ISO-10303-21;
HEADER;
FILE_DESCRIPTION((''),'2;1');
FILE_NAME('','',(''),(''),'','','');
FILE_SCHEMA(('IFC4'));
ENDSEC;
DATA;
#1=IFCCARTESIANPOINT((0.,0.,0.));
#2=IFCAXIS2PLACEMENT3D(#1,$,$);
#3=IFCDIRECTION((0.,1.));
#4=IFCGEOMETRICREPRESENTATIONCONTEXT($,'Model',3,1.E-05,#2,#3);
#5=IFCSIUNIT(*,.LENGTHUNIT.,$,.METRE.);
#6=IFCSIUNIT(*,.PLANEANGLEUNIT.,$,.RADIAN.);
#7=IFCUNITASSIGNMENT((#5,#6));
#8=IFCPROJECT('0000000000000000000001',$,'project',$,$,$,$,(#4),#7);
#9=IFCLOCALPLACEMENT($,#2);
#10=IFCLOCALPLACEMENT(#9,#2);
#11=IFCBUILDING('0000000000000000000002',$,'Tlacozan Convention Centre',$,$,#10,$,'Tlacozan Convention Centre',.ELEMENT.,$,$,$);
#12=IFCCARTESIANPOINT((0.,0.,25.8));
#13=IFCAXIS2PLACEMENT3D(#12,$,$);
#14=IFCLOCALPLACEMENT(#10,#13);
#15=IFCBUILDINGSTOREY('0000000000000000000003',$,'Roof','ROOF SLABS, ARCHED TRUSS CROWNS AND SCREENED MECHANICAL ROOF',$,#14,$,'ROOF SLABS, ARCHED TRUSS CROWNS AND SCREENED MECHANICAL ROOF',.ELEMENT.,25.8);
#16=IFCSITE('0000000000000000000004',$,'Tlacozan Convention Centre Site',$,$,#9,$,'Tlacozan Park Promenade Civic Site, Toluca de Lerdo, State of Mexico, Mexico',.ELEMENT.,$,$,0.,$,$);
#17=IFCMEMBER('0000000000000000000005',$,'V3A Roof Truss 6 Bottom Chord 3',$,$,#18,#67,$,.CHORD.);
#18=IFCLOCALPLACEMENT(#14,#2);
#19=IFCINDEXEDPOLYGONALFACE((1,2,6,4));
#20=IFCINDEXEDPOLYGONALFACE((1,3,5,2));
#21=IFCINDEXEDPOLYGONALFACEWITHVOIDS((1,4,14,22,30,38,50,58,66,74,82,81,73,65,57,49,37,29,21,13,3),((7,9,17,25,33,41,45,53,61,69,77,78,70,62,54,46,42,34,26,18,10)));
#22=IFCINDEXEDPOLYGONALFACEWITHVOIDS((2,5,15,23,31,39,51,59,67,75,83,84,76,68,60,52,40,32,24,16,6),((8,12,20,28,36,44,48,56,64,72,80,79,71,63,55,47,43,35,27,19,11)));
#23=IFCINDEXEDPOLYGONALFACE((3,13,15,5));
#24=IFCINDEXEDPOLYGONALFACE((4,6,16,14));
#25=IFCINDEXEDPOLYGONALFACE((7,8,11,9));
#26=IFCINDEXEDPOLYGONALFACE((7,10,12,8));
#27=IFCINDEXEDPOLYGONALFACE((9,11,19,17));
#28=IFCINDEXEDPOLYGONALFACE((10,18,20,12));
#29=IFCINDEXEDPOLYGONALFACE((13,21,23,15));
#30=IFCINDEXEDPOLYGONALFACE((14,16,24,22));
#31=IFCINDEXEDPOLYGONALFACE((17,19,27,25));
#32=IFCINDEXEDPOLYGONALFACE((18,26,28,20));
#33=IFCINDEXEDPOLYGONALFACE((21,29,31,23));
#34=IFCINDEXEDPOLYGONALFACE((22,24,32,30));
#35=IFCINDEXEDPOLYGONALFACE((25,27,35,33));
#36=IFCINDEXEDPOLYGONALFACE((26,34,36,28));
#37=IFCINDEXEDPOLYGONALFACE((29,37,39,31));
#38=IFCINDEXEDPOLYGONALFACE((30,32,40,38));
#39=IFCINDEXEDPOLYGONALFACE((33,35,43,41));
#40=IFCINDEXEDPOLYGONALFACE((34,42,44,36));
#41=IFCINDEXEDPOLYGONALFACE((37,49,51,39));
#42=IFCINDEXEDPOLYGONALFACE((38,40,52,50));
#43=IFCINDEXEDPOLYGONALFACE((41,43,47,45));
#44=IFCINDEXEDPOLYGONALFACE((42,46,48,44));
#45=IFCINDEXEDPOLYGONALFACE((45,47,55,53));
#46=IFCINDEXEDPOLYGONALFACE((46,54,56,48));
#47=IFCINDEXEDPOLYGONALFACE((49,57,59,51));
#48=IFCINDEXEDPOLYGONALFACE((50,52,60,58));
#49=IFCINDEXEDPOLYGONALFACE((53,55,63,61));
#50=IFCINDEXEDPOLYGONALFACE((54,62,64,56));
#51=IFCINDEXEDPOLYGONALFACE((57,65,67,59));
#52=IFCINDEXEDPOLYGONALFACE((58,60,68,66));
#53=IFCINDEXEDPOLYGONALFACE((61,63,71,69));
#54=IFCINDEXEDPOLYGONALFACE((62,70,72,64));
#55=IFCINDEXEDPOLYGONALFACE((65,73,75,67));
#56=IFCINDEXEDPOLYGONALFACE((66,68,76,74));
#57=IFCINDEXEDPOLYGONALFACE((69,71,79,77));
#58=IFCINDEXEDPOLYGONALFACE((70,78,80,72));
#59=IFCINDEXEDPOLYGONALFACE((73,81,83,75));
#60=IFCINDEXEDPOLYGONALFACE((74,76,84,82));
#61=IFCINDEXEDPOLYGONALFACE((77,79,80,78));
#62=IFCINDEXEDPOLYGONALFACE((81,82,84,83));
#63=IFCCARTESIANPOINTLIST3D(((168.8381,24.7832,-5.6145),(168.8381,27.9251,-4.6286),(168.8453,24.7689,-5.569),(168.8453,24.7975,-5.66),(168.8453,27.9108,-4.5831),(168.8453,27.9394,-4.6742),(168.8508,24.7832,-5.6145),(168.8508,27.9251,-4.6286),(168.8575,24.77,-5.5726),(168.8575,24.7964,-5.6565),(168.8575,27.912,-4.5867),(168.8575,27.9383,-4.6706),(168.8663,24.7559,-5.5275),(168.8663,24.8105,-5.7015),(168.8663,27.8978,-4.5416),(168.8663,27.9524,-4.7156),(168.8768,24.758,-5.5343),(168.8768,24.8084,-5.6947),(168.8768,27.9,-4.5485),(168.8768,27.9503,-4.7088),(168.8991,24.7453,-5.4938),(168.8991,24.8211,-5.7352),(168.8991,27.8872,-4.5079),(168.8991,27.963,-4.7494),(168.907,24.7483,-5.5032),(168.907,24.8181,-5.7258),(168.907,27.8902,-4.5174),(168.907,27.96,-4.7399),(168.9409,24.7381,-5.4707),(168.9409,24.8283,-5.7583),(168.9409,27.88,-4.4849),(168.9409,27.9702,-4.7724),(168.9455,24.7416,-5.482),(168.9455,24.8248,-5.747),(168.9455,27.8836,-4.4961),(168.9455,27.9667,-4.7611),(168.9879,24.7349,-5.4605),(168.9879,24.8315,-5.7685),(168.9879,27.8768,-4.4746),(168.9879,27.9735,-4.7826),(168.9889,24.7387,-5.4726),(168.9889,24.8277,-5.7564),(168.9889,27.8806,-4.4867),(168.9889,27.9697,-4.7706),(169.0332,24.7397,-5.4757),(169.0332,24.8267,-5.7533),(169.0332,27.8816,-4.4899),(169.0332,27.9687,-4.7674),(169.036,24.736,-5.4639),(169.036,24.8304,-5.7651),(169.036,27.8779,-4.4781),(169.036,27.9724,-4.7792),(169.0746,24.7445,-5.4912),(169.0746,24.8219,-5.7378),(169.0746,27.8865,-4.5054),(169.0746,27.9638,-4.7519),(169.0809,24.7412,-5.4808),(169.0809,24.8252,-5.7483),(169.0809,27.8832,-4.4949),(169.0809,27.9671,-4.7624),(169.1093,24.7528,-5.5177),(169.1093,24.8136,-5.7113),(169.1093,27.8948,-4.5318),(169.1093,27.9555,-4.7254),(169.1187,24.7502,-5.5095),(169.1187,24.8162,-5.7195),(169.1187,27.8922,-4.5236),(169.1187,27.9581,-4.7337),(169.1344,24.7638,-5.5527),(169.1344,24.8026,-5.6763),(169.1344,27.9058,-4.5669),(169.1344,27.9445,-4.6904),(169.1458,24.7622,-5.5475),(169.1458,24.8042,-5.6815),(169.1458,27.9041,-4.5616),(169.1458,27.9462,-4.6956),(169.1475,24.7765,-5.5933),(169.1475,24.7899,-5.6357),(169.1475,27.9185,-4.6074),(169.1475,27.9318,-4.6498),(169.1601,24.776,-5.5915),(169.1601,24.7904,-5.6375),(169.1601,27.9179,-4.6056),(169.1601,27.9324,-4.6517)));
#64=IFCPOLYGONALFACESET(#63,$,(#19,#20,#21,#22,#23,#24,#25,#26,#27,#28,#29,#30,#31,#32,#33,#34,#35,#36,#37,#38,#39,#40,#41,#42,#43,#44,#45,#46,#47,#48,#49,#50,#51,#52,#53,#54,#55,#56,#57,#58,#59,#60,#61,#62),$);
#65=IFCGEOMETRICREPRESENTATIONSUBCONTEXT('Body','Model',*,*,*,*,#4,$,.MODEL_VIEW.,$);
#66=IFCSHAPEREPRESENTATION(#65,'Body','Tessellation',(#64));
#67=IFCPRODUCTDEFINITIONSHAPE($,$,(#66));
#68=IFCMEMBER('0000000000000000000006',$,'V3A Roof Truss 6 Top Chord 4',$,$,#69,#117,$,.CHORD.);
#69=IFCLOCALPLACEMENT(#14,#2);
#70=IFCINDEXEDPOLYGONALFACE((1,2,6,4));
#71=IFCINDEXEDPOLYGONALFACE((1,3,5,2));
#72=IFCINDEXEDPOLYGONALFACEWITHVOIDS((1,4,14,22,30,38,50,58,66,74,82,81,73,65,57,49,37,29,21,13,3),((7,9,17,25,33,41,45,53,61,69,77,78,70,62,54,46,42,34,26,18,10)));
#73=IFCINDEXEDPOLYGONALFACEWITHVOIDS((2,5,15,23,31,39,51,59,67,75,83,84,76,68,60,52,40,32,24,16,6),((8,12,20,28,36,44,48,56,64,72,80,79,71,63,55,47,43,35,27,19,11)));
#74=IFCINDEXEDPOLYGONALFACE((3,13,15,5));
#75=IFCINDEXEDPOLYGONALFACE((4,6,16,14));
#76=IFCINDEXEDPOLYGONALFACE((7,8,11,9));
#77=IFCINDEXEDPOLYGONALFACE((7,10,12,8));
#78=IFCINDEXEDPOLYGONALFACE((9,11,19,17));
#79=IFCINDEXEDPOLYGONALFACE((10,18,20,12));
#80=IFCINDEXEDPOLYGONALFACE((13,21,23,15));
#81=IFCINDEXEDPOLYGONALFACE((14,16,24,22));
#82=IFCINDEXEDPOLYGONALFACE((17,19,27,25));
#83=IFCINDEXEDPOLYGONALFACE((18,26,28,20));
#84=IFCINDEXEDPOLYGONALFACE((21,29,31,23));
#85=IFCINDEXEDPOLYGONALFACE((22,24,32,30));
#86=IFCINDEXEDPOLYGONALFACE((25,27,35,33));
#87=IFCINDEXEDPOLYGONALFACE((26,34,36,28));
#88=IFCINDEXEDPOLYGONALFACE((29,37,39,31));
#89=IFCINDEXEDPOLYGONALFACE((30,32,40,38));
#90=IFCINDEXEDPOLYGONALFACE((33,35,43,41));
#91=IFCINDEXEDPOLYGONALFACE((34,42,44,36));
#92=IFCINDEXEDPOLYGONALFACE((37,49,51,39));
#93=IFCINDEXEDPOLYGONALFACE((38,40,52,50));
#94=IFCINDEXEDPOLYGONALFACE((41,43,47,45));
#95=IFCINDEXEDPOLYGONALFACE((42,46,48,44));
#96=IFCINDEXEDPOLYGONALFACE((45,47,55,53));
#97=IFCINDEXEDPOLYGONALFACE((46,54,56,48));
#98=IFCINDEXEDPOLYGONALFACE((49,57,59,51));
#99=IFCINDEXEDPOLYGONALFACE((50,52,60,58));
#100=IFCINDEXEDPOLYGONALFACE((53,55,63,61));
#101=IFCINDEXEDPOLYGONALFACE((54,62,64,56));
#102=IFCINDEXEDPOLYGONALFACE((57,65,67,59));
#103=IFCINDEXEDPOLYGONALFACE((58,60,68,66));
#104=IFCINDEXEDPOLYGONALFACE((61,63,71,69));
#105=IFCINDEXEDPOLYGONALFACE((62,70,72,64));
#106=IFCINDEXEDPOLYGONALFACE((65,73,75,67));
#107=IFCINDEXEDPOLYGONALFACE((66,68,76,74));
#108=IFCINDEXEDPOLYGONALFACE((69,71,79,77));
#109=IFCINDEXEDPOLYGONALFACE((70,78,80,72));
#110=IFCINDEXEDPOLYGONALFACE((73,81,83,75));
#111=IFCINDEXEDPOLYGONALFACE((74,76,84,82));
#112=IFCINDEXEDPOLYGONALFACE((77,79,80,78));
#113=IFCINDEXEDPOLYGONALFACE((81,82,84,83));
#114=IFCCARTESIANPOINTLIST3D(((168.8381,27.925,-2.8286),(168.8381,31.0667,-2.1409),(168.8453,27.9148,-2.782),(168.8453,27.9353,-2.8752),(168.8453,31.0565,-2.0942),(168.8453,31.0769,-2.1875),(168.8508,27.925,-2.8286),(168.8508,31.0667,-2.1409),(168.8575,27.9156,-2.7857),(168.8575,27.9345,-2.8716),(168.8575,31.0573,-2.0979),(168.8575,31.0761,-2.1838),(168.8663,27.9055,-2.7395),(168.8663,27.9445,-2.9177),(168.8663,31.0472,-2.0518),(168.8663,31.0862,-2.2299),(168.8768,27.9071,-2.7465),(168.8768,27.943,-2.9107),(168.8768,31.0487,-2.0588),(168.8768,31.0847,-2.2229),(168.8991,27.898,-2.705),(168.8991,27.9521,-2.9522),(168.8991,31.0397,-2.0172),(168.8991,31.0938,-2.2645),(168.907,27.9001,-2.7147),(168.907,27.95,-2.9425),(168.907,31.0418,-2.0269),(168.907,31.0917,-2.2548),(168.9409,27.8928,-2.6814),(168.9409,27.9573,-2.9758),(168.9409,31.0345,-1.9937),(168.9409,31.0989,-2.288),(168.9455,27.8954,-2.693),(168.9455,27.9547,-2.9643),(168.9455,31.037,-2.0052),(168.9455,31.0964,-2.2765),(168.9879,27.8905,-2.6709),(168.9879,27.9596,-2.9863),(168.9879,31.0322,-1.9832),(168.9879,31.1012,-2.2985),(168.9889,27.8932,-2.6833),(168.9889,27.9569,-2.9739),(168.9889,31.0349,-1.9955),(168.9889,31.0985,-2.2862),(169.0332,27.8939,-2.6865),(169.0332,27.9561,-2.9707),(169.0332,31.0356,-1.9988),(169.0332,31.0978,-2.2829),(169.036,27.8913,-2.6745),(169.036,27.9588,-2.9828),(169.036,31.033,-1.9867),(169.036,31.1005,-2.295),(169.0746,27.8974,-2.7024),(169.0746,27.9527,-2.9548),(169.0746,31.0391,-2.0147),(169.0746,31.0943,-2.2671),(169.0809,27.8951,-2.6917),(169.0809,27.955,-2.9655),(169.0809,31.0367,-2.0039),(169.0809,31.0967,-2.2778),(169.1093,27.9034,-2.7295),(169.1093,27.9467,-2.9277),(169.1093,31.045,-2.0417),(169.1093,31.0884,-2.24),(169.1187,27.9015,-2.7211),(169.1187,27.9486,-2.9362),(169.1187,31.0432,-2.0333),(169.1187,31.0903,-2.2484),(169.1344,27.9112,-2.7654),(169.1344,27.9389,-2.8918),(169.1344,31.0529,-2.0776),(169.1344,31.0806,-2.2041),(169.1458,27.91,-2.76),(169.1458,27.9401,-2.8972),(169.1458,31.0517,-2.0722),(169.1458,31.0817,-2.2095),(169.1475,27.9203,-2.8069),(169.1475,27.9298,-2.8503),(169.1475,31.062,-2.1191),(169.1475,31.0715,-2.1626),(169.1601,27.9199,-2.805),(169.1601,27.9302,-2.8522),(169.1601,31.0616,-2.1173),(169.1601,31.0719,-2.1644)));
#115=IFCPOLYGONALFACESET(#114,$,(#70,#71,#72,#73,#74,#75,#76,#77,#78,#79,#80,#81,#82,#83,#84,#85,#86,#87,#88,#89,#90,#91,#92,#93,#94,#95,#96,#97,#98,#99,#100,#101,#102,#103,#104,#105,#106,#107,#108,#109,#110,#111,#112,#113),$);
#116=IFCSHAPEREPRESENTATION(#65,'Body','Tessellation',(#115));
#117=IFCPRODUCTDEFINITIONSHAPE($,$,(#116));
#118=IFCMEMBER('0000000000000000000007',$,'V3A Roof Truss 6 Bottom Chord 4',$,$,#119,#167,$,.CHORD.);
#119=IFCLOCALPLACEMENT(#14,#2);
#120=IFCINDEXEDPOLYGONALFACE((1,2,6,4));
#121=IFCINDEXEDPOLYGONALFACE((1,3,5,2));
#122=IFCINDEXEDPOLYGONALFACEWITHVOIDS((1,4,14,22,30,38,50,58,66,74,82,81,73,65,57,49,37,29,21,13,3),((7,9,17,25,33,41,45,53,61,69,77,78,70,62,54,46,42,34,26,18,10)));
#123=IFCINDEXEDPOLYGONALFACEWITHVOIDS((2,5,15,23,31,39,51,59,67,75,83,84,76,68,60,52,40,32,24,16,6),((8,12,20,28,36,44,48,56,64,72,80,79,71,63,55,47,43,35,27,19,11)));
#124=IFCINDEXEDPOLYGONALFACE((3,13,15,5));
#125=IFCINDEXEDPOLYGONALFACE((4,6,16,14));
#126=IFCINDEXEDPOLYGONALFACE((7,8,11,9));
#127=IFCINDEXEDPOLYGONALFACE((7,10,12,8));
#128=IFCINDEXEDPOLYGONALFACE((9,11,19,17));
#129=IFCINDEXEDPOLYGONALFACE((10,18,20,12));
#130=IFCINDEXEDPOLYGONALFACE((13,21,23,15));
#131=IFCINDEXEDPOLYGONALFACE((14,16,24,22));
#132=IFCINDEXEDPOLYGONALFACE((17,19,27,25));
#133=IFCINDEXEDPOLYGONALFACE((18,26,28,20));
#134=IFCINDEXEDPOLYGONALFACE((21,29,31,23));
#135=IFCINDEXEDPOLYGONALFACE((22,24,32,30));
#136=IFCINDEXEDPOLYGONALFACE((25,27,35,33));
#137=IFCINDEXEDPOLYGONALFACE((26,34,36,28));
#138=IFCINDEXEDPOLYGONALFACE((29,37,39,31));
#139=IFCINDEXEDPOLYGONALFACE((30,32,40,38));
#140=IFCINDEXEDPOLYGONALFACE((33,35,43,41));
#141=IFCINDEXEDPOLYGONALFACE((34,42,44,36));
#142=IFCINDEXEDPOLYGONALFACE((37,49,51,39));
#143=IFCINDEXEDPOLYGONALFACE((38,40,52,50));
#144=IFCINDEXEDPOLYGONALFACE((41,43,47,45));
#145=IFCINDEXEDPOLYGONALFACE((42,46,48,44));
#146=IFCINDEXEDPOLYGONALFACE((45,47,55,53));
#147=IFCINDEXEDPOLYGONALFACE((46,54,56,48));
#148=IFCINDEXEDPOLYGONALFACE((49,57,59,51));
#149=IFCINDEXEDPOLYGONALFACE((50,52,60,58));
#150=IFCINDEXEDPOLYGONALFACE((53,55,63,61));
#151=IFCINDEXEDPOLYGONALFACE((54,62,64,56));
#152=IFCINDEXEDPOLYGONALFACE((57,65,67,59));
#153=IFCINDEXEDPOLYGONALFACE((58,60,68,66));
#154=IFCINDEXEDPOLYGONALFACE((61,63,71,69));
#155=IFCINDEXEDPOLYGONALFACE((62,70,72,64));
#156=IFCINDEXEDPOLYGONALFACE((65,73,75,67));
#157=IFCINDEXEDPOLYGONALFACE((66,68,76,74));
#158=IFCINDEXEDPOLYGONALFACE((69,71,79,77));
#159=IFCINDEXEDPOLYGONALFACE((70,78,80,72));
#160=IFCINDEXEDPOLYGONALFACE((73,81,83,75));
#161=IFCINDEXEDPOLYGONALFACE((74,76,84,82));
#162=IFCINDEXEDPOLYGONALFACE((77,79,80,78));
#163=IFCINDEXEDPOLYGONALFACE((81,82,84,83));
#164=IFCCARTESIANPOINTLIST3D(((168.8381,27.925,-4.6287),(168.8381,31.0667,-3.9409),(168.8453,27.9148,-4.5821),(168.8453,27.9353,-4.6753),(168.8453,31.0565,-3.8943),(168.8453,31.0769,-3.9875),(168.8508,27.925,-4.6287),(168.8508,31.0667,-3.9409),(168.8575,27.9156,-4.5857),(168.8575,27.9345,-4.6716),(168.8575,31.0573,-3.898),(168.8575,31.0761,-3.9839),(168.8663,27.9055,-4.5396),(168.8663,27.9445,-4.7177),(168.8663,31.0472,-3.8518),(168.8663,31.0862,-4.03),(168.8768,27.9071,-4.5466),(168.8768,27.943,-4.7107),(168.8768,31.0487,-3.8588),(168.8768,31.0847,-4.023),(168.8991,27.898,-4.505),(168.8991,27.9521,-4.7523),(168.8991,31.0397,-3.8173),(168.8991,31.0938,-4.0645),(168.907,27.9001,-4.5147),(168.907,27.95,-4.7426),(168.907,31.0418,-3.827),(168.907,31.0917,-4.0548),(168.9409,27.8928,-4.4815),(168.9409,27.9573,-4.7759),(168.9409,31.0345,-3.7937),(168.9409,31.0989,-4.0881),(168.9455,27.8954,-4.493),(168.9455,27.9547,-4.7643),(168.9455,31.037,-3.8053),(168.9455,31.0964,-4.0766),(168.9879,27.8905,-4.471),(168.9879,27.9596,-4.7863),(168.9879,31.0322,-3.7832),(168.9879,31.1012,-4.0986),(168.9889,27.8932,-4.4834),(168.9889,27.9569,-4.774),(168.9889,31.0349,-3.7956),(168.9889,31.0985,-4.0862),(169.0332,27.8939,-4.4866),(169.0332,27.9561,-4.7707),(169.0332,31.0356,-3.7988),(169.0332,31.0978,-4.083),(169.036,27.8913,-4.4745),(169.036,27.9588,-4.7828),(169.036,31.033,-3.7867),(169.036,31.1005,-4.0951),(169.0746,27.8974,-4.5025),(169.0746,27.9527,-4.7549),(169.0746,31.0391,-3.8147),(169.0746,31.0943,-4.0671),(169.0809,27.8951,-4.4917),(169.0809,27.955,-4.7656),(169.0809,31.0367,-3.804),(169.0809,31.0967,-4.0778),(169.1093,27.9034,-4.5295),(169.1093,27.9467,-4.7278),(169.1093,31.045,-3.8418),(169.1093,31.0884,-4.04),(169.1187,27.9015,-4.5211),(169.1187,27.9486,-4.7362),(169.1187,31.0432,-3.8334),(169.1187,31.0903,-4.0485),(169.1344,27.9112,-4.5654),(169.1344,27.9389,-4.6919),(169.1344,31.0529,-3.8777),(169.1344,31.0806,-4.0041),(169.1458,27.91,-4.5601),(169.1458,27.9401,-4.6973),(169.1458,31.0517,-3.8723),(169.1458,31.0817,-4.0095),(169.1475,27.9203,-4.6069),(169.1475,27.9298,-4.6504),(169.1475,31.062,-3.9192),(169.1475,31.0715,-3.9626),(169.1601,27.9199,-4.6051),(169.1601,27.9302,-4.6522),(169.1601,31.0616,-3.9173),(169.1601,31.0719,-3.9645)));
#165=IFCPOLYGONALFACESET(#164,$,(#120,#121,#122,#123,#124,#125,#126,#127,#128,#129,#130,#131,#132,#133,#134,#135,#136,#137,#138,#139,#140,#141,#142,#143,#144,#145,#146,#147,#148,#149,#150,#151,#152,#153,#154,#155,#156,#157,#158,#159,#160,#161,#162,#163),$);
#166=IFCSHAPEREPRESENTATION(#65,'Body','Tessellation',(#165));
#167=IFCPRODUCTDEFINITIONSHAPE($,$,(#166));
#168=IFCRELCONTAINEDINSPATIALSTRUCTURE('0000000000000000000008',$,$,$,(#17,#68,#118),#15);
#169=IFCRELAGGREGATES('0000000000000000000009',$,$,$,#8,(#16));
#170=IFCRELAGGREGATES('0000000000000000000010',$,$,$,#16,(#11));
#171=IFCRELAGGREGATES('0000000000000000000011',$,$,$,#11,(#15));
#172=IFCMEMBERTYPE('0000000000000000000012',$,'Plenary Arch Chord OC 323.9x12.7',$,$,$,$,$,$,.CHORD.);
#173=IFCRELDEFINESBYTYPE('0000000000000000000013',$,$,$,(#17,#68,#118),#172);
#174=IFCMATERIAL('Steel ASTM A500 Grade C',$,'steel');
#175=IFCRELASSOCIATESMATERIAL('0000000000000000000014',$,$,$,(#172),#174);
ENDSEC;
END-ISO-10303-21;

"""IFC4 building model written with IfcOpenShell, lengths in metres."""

from ifc_helpers import new_model, si_unit, direction, frame, origin, origin_2d, place, context, subcontext, project, spatial, hollow_circle, extrude, material, material_profile, profile_set, type_object, element, save


model = new_model("IFC4")

# Units and contexts
model_context = context("Model", 3, precision=1e-05, world=origin(), true_north=direction((0.0, 1.0)))
body_context = subcontext(model_context, "Body", "Model", "MODEL_VIEW")
ifc_project = project(units=[si_unit("LENGTHUNIT", "METRE"), si_unit("PLANEANGLEUNIT", "RADIAN")], contexts=[model_context])

# Site, building, storey
site_placement = place(None, origin())
site = spatial("IfcSite", under=ifc_project, at=site_placement, Name="Tlacozan Convention Centre Site", LongName="Tlacozan Park Promenade Civic Site, Toluca de Lerdo, State of Mexico, Mexico", CompositionType="ELEMENT", RefElevation=0.0)
building_placement = place(site_placement, origin())
building = spatial("IfcBuilding", under=site, at=building_placement, Name="Tlacozan Convention Centre", LongName="Tlacozan Convention Centre", CompositionType="ELEMENT")
storey_placement = place(building_placement, frame((0.0, 0.0, 25.8)))
storey = spatial("IfcBuildingStorey", under=building, at=storey_placement, Name="Roof", Description="ROOF SLABS, ARCHED TRUSS CROWNS AND SCREENED MECHANICAL ROOF", LongName="ROOF SLABS, ARCHED TRUSS CROWNS AND SCREENED MECHANICAL ROOF", CompositionType="ELEMENT", Elevation=25.8)

# Members
ifc_material_1 = material(Name="Steel ASTM A500 Grade C", Category="steel")
ifc_material_profile_1 = material_profile(ifc_material_1, hollow_circle(Radius=0.1619, WallThickness=0.0127, at=origin_2d()), Name="OC 323.9x12.7")
ifc_profile_set_1 = profile_set([ifc_material_profile_1], Name="Steel ASTM A500 Grade C")
member_type_1 = type_object("IfcMemberType", Name="Plenary Arch Chord OC 323.9x12.7", PredefinedType="CHORD", material=ifc_profile_set_1)
for number, where, z_axis, x_axis, name in (
    (1, (169.0, 24.7832, -5.6145), (0.0, 0.954132, 0.299385), (-1.0, 0.0, 0.0), "V3A Roof Truss 6 Bottom Chord 3"),
):
    element("IfcMember", number, at=place(storey_placement, frame(where, z_axis=z_axis, x_axis=x_axis)), inside=storey, type_object=member_type_1, Name=name, PredefinedType="CHORD", context=body_context, shape_type="SweptSolid", body=[
        extrude(hollow_circle(Radius=0.1619, WallThickness=0.0127, at=origin_2d()), origin(), (0.0, 0.0, 1.0), 3.293),
    ])
for number, where, z_axis, x_axis, name in (
    (2, (169.0, 27.925, -2.8286), (0.0, 0.976866, 0.213851), (-1.0, 0.0, 0.0), "V3A Roof Truss 6 Top Chord 4"),
    (3, (169.0, 27.925, -4.6287), (0.0, 0.976866, 0.213851), (-1.0, 0.0, 0.0), "V3A Roof Truss 6 Bottom Chord 4"),
):
    element("IfcMember", number, at=place(storey_placement, frame(where, z_axis=z_axis, x_axis=x_axis)), inside=storey, type_object=member_type_1, Name=name, PredefinedType="CHORD", context=body_context, shape_type="SweptSolid", body=[
        extrude(hollow_circle(Radius=0.1619, WallThickness=0.0127, at=origin_2d()), origin(), (0.0, 0.0, 1.0), 3.2161),
    ])

save(model, "model.ifc")
